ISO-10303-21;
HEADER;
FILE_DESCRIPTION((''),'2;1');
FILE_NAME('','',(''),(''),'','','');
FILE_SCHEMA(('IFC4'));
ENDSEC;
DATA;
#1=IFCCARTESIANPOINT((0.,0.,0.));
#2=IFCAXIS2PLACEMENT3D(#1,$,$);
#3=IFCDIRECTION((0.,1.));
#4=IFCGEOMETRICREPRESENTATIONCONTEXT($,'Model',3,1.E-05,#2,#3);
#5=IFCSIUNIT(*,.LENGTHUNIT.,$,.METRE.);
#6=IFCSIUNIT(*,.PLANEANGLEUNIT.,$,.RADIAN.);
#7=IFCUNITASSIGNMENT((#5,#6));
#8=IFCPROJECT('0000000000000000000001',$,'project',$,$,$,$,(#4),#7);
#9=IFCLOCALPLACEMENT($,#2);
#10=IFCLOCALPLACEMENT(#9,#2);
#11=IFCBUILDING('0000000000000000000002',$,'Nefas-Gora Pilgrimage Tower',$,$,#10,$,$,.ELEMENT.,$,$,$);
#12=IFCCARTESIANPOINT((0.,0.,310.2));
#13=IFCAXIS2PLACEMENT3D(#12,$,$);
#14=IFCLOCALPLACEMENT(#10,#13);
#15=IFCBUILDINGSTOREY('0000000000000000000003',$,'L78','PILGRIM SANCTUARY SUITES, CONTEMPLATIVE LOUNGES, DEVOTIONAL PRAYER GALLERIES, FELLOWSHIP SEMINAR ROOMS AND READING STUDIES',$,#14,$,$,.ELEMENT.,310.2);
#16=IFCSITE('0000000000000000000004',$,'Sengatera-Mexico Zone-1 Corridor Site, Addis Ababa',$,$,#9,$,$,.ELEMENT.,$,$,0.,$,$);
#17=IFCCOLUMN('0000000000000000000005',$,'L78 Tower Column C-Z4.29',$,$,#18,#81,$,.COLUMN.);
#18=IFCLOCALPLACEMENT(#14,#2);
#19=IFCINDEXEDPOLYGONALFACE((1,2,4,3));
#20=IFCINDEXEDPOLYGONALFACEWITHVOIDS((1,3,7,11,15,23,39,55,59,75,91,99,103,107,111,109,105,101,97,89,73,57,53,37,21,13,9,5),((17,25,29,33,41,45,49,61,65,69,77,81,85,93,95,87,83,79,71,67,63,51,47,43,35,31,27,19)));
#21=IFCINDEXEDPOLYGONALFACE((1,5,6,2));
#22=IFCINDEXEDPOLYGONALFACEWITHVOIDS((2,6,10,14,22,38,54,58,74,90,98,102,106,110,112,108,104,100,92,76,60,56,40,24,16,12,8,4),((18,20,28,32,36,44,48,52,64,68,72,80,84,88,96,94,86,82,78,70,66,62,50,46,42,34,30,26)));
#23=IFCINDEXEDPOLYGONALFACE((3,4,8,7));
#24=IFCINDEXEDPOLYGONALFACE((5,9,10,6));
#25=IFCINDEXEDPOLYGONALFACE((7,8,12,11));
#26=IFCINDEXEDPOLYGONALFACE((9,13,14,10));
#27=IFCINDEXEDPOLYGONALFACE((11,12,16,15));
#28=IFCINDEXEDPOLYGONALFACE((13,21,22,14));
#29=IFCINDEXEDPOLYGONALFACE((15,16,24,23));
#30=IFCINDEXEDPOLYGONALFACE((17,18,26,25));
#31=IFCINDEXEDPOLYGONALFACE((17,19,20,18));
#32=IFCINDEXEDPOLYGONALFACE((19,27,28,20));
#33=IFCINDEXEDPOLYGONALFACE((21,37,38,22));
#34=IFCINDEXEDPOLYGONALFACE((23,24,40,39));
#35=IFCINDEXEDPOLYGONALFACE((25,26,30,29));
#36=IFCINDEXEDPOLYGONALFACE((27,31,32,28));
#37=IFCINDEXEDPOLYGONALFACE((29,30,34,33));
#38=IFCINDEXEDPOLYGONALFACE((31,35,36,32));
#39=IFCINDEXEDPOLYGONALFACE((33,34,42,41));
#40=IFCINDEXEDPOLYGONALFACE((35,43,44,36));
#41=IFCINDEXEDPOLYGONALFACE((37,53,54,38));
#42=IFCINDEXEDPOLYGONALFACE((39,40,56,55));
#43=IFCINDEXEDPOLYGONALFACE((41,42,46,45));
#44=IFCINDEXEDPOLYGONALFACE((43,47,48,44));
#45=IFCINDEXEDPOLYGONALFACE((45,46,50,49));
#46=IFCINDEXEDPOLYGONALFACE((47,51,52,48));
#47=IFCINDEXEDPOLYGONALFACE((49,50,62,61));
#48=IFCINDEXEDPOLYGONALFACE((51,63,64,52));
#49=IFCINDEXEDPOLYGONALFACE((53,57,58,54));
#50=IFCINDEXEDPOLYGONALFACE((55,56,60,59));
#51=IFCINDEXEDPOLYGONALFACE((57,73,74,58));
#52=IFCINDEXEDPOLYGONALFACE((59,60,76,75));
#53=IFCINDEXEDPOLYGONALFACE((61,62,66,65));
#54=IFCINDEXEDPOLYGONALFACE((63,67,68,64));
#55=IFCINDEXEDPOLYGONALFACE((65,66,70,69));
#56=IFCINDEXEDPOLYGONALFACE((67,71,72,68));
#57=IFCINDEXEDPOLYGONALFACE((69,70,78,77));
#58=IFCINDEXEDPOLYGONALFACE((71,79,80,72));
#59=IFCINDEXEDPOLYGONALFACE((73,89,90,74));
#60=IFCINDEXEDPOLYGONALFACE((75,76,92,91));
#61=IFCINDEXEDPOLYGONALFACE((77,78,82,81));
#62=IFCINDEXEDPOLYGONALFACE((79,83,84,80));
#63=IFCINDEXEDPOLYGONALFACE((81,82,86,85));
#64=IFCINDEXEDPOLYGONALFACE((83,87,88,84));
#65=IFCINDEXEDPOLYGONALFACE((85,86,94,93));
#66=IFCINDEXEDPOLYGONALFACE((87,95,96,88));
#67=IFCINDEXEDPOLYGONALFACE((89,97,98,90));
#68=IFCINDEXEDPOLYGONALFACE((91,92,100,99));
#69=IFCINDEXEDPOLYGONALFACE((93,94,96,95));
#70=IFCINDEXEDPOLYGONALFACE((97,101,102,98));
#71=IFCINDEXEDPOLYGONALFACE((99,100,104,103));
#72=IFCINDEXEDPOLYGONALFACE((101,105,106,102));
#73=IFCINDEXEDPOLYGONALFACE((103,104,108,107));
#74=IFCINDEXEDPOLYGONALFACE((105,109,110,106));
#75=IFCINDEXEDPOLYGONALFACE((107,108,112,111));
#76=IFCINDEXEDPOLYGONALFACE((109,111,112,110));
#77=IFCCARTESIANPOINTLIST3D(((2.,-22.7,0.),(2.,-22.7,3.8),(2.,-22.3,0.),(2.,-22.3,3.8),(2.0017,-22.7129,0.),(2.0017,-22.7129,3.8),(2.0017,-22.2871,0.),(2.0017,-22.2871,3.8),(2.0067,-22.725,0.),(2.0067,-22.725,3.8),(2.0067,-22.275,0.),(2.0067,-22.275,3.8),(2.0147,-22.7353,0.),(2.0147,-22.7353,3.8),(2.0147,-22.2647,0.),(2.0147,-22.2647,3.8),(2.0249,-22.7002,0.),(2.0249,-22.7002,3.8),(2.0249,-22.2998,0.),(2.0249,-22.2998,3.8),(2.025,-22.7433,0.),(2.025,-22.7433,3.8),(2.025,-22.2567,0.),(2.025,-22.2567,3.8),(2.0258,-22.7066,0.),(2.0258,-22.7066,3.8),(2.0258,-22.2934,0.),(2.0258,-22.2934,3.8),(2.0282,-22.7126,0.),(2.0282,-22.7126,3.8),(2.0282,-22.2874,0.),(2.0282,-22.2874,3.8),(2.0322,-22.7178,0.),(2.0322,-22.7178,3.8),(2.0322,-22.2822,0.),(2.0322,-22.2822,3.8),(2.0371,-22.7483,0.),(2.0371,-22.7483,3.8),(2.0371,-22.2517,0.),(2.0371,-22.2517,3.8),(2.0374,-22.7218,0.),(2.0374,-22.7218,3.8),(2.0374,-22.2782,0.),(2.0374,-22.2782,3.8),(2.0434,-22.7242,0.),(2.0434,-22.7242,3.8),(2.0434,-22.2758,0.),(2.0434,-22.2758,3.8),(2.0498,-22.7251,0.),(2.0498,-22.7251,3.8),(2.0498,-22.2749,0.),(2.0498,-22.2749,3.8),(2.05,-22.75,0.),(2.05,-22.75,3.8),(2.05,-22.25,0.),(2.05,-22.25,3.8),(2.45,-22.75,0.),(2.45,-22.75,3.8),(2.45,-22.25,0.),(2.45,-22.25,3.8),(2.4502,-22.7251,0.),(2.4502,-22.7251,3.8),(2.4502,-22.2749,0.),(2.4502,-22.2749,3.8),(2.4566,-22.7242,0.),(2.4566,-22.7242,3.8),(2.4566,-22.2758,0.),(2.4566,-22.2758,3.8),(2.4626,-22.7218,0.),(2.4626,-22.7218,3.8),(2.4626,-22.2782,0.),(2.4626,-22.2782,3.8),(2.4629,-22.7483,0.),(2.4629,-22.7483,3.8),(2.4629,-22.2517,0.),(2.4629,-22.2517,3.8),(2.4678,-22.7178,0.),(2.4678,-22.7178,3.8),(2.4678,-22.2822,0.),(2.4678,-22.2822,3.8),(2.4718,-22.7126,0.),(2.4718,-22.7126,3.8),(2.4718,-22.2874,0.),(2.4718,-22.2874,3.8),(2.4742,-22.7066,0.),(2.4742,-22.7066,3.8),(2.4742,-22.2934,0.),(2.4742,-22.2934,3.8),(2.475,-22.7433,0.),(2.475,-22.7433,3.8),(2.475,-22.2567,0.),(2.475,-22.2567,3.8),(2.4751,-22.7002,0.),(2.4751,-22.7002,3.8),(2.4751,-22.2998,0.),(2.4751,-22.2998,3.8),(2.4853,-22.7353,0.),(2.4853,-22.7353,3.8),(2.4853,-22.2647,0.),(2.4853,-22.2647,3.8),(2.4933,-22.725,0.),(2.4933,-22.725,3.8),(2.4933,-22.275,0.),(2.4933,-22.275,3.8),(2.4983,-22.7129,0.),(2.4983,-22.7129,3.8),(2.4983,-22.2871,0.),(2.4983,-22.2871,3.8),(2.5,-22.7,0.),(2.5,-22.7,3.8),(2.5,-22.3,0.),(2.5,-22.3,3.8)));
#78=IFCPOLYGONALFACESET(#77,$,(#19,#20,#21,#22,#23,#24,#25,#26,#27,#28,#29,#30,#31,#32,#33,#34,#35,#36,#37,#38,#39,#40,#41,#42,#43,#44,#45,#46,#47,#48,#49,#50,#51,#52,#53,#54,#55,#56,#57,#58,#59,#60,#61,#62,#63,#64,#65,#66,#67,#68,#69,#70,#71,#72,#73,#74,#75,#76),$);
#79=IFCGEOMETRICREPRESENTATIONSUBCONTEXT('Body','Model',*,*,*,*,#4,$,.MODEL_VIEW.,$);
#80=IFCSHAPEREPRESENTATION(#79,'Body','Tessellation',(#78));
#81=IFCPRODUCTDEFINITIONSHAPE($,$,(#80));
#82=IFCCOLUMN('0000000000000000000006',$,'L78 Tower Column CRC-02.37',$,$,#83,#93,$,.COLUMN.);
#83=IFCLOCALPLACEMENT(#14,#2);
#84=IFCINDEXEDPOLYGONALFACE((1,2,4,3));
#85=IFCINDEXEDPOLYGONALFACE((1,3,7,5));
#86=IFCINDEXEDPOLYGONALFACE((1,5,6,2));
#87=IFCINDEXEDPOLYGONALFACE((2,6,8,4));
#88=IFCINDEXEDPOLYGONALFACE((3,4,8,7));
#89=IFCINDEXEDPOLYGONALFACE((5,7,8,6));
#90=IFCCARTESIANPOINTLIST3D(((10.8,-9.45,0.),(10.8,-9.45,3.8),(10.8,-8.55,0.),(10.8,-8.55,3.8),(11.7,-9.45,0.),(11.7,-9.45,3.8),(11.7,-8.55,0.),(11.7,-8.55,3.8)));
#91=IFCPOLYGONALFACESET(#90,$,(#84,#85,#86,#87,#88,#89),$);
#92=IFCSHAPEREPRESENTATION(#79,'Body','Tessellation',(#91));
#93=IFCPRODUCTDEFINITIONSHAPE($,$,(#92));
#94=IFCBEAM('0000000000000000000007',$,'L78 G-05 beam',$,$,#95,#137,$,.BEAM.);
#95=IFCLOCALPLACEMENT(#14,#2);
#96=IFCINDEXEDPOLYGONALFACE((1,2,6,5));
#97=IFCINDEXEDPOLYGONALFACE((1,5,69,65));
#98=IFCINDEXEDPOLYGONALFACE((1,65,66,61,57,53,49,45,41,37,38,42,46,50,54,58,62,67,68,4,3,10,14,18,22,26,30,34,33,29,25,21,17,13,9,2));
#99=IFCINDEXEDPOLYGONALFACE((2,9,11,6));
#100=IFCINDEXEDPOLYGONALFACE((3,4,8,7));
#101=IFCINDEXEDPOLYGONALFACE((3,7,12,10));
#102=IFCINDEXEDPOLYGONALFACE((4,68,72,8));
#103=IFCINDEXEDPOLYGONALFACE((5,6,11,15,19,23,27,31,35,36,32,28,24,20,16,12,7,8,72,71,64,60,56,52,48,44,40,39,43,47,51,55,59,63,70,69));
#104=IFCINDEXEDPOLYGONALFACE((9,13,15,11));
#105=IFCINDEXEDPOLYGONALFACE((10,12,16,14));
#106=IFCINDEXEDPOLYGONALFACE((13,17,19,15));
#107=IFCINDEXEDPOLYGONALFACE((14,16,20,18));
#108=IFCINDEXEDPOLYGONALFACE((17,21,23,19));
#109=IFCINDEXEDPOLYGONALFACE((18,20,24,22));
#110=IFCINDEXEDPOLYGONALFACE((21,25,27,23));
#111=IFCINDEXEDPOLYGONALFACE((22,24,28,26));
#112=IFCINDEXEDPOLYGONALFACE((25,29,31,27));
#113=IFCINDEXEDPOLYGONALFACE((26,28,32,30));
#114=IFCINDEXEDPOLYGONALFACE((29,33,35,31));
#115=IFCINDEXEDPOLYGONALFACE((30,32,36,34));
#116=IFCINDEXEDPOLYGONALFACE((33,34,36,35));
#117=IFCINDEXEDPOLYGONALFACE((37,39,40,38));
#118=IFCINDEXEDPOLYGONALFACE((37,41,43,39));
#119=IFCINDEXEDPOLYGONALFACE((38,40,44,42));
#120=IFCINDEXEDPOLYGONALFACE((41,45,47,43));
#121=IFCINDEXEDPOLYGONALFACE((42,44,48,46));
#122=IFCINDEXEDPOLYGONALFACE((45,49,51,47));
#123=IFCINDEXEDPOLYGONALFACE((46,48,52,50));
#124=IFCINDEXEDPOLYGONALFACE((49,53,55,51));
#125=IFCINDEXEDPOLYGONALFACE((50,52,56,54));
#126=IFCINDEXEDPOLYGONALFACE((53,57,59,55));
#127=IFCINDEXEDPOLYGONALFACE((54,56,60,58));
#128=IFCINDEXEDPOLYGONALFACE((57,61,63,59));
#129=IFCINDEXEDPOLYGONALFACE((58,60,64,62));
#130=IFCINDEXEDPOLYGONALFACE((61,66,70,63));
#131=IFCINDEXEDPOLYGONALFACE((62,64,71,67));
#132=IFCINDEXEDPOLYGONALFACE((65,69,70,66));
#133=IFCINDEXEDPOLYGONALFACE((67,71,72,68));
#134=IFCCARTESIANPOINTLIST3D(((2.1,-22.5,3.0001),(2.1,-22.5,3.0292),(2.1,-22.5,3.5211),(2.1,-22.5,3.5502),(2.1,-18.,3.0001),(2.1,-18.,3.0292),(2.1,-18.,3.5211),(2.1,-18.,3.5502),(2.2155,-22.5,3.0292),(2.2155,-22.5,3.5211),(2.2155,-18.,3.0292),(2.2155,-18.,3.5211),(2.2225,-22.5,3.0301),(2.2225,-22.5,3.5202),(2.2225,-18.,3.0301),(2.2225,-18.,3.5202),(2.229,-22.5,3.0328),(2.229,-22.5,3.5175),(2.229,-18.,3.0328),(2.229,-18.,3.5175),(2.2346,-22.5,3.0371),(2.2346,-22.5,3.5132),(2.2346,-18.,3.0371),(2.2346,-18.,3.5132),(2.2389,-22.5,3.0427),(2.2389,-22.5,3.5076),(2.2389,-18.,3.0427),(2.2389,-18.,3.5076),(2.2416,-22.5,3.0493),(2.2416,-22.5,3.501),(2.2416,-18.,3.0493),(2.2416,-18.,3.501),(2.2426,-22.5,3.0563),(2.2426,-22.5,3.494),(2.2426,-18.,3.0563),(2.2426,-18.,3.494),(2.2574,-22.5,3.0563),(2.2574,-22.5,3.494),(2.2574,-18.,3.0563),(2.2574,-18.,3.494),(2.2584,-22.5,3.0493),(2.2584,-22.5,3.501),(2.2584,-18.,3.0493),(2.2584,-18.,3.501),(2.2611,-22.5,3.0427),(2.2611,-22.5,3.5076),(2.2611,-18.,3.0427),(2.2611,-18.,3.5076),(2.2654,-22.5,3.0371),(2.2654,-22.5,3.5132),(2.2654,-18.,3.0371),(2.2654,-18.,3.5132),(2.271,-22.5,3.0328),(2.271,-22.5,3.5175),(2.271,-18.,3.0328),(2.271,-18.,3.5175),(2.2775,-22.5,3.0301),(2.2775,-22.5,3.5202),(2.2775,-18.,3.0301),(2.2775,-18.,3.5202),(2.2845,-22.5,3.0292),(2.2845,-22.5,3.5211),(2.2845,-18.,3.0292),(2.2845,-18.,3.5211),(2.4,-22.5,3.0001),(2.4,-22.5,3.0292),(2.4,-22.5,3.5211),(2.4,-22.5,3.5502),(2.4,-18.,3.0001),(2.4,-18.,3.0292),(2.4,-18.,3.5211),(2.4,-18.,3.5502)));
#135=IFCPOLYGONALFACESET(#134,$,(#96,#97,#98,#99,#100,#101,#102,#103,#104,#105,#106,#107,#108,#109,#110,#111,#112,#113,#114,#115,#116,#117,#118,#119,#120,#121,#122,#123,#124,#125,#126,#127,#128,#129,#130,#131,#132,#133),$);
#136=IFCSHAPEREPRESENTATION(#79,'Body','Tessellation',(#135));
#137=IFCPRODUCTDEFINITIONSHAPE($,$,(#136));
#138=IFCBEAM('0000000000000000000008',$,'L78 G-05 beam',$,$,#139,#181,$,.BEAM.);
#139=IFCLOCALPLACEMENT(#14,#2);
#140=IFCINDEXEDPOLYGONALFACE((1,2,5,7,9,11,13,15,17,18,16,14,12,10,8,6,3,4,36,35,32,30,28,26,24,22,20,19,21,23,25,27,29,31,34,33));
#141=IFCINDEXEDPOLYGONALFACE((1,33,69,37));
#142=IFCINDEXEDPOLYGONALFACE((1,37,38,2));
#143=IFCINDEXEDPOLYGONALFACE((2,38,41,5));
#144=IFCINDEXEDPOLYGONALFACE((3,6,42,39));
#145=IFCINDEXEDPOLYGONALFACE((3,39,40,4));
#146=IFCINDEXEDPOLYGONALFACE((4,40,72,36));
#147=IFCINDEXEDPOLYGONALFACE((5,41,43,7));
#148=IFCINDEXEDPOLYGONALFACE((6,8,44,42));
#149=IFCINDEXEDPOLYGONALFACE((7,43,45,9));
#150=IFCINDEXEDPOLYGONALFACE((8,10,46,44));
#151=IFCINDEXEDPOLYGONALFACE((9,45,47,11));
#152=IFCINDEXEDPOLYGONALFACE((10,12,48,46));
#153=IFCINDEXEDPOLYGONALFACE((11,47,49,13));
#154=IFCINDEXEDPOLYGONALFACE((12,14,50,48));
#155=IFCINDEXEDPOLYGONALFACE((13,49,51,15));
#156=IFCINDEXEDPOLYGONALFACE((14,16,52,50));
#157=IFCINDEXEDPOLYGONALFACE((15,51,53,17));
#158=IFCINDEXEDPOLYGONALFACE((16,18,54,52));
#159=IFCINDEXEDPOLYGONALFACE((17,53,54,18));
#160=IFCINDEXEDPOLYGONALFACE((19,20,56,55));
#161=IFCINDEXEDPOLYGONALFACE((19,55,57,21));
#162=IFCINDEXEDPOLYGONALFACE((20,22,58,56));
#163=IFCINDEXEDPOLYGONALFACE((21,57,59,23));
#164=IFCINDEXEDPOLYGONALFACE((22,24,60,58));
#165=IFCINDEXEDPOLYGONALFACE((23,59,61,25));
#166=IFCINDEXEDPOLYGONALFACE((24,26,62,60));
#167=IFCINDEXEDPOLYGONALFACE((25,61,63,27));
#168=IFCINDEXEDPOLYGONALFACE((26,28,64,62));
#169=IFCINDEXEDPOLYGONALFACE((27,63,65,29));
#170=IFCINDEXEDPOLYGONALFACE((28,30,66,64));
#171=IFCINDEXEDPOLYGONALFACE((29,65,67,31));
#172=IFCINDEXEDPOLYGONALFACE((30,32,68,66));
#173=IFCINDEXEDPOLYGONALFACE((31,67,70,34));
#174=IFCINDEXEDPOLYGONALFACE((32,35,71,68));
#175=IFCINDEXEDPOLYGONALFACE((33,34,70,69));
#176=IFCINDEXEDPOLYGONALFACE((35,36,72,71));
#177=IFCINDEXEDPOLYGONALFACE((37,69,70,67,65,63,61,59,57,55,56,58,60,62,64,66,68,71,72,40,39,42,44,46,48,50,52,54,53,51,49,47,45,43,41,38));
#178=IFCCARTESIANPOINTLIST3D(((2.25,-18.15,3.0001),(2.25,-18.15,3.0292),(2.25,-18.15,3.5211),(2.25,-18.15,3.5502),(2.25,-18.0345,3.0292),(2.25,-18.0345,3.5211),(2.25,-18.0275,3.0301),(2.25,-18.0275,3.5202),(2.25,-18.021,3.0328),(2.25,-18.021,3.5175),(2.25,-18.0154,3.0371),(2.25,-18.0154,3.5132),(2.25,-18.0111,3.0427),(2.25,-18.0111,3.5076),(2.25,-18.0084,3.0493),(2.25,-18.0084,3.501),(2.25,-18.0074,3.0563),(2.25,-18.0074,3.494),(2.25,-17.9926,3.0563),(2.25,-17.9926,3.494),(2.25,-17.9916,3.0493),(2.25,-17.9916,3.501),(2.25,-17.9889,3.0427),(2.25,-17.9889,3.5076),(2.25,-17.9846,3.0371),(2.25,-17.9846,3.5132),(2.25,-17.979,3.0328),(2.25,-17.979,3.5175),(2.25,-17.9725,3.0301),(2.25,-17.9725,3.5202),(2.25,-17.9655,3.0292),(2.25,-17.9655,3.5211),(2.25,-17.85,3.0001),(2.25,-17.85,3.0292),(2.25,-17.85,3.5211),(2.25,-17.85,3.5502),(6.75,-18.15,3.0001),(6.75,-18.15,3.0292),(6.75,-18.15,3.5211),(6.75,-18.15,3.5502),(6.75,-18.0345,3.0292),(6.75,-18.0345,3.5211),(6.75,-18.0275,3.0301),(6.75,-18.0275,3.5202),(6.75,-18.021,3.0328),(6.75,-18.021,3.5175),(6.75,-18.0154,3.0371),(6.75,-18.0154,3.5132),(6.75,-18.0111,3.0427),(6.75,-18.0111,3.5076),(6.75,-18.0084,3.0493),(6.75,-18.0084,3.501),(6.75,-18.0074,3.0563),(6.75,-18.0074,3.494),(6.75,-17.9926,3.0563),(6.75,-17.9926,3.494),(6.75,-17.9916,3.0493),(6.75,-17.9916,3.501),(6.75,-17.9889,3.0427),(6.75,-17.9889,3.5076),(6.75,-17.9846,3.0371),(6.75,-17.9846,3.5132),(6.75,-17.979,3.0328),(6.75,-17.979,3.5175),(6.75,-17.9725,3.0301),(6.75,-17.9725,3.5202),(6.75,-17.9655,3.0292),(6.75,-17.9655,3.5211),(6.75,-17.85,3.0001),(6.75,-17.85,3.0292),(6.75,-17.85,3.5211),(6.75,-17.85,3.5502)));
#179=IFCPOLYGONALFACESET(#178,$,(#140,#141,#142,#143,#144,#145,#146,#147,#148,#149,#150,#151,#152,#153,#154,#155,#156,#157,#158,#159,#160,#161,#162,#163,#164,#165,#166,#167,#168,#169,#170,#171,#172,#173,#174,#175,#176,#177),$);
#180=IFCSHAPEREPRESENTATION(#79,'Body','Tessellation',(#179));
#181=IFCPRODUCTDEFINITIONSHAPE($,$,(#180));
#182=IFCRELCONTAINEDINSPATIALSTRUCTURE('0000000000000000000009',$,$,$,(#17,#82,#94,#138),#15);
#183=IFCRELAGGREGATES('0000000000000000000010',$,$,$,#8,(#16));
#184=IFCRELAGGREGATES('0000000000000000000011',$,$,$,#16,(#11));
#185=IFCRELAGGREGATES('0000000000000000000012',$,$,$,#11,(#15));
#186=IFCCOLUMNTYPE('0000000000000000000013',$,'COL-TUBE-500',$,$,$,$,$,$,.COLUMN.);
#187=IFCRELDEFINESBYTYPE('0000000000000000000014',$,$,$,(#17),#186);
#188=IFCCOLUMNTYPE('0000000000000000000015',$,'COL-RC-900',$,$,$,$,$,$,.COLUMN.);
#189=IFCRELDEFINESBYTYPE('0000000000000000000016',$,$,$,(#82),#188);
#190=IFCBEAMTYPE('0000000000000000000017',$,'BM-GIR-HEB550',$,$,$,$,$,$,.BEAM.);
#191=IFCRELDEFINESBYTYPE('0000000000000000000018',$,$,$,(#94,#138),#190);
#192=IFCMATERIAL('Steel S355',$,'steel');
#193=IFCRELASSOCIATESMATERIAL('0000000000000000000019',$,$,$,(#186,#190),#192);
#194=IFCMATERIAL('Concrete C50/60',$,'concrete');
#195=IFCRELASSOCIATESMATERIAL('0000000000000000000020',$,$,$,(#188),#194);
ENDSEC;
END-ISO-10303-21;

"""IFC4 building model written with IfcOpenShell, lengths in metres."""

from ifc_helpers import new_model, si_unit, direction, frame, origin, origin_2d, place, context, subcontext, project, spatial, rectangle, hollow_rectangle, i_section, extrude, source, transform, mapped, material, material_profile, profile_set, type_object, element, save


model = new_model("IFC4")

# Units and contexts
model_context = context("Model", 3, precision=1e-05, world=origin(), true_north=direction((0.0, 1.0)))
body_context = subcontext(model_context, "Body", "Model", "MODEL_VIEW")
ifc_project = project(units=[si_unit("LENGTHUNIT", "METRE"), si_unit("PLANEANGLEUNIT", "RADIAN")], contexts=[model_context])

# Site, building, storey
site_placement = place(None, origin())
site = spatial("IfcSite", under=ifc_project, at=site_placement, Name="Sengatera-Mexico Zone-1 Corridor Site, Addis Ababa", CompositionType="ELEMENT", RefElevation=0.0)
building_placement = place(site_placement, origin())
building = spatial("IfcBuilding", under=site, at=building_placement, Name="Nefas-Gora Pilgrimage Tower", CompositionType="ELEMENT")
storey_placement = place(building_placement, frame((0.0, 0.0, 310.2)))
storey = spatial("IfcBuildingStorey", under=building, at=storey_placement, Name="L78", Description="PILGRIM SANCTUARY SUITES, CONTEMPLATIVE LOUNGES, DEVOTIONAL PRAYER GALLERIES, FELLOWSHIP SEMINAR ROOMS AND READING STUDIES", CompositionType="ELEMENT", Elevation=310.2)

# Columns
ifc_material_1 = material(Name="Steel S355", Category="steel")
ifc_material_profile_1 = material_profile(ifc_material_1, hollow_rectangle(XDim=0.5, YDim=0.5, WallThickness=0.0249, InnerFilletRadius=0.0249, OuterFilletRadius=0.05, at=origin_2d()), Name="SHS 500x500x25")
ifc_profile_set_1 = profile_set([ifc_material_profile_1], Name="Steel S355")
column_type_1 = type_object("IfcColumnType", Name="COL-TUBE-500", PredefinedType="COLUMN", material=ifc_profile_set_1)
shared_shape_1 = source(origin(), body_context, "Body", "SweptSolid", [
    extrude(hollow_rectangle(XDim=0.5, YDim=0.5, WallThickness=0.0249, InnerFilletRadius=0.0249, OuterFilletRadius=0.05, at=origin_2d()), origin(), (0.0, 0.0, 1.0), 3.8),
])
column_1_placement = place(storey_placement, frame((2.25, -22.5, 0.0), z_axis=(0.0, 0.0, 1.0), x_axis=(1.0, 0.0, 0.0)))
element("IfcColumn", 1, at=column_1_placement, inside=storey, type_object=column_type_1, Name="L78 Tower Column C-Z4.29", PredefinedType="COLUMN", context=body_context, shape_type="MappedRepresentation", body=[
    mapped(shared_shape_1, transform((0.0, 0.0, 0.0), x_axis=(1.0, 0.0, 0.0), y_axis=(0.0, 1.0, 0.0), z_axis=(0.0, 0.0, 1.0), scale=1.0)),
])
ifc_material_2 = material(Name="Concrete C50/60", Category="concrete")
ifc_material_profile_2 = material_profile(ifc_material_2, rectangle(XDim=0.8999, YDim=0.8999, at=origin_2d()), Name="RC 900x900")
ifc_profile_set_2 = profile_set([ifc_material_profile_2], Name="Concrete C50/60")
column_type_2 = type_object("IfcColumnType", Name="COL-RC-900", PredefinedType="COLUMN", material=ifc_profile_set_2)
shared_shape_2 = source(origin(), body_context, "Body", "SweptSolid", [
    extrude(rectangle(XDim=0.8999, YDim=0.8999, at=origin_2d()), origin(), (0.0, 0.0, 1.0), 3.8),
])
column_2_placement = place(storey_placement, frame((11.25, -9.0, 0.0), z_axis=(0.0, 0.0, 1.0), x_axis=(1.0, 0.0, 0.0)))
element("IfcColumn", 2, at=column_2_placement, inside=storey, type_object=column_type_2, Name="L78 Tower Column CRC-02.37", PredefinedType="COLUMN", context=body_context, shape_type="MappedRepresentation", body=[
    mapped(shared_shape_2, transform((0.0, 0.0, 0.0), x_axis=(1.0, 0.0, 0.0), y_axis=(0.0, 1.0, 0.0), z_axis=(0.0, 0.0, 1.0), scale=1.0)),
])

# Beams
ifc_material_profile_3 = material_profile(ifc_material_1, i_section(OverallWidth=0.3, OverallDepth=0.55, WebThickness=0.0149, FlangeThickness=0.0291, FilletRadius=0.0271, at=origin_2d()), Name="HEB 550")
ifc_profile_set_3 = profile_set([ifc_material_profile_3], Name="Steel S355")
beam_type = type_object("IfcBeamType", Name="BM-GIR-HEB550", PredefinedType="BEAM", material=ifc_profile_set_3)
shared_shape_3 = source(origin(), body_context, "Body", "SweptSolid", [
    extrude(i_section(OverallWidth=0.3, OverallDepth=0.55, WebThickness=0.0149, FlangeThickness=0.0291, FilletRadius=0.0271, at=origin_2d()), origin(), (0.0, 0.0, 1.0), 4.5),
])
for number, where, z_axis, x_axis, name in (
    (3, (2.25, -22.5, 3.2751), (0.0, 1.0, 0.0), (-1.0, 0.0, 0.0), "L78 G-05 beam"),
    (4, (2.25, -18.0, 3.2751), (1.0, 0.0, 0.0), (0.0, 1.0, 0.0), "L78 G-05 beam"),
):
    element("IfcBeam", number, at=place(storey_placement, frame(where, z_axis=z_axis, x_axis=x_axis)), inside=storey, type_object=beam_type, Name=name, PredefinedType="BEAM", context=body_context, shape_type="MappedRepresentation", body=[
        mapped(shared_shape_3, transform((0.0, 0.0, 0.0), x_axis=(1.0, 0.0, 0.0), y_axis=(0.0, 1.0, 0.0), z_axis=(0.0, 0.0, 1.0), scale=1.0)),
    ])

save(model, "model.ifc")
